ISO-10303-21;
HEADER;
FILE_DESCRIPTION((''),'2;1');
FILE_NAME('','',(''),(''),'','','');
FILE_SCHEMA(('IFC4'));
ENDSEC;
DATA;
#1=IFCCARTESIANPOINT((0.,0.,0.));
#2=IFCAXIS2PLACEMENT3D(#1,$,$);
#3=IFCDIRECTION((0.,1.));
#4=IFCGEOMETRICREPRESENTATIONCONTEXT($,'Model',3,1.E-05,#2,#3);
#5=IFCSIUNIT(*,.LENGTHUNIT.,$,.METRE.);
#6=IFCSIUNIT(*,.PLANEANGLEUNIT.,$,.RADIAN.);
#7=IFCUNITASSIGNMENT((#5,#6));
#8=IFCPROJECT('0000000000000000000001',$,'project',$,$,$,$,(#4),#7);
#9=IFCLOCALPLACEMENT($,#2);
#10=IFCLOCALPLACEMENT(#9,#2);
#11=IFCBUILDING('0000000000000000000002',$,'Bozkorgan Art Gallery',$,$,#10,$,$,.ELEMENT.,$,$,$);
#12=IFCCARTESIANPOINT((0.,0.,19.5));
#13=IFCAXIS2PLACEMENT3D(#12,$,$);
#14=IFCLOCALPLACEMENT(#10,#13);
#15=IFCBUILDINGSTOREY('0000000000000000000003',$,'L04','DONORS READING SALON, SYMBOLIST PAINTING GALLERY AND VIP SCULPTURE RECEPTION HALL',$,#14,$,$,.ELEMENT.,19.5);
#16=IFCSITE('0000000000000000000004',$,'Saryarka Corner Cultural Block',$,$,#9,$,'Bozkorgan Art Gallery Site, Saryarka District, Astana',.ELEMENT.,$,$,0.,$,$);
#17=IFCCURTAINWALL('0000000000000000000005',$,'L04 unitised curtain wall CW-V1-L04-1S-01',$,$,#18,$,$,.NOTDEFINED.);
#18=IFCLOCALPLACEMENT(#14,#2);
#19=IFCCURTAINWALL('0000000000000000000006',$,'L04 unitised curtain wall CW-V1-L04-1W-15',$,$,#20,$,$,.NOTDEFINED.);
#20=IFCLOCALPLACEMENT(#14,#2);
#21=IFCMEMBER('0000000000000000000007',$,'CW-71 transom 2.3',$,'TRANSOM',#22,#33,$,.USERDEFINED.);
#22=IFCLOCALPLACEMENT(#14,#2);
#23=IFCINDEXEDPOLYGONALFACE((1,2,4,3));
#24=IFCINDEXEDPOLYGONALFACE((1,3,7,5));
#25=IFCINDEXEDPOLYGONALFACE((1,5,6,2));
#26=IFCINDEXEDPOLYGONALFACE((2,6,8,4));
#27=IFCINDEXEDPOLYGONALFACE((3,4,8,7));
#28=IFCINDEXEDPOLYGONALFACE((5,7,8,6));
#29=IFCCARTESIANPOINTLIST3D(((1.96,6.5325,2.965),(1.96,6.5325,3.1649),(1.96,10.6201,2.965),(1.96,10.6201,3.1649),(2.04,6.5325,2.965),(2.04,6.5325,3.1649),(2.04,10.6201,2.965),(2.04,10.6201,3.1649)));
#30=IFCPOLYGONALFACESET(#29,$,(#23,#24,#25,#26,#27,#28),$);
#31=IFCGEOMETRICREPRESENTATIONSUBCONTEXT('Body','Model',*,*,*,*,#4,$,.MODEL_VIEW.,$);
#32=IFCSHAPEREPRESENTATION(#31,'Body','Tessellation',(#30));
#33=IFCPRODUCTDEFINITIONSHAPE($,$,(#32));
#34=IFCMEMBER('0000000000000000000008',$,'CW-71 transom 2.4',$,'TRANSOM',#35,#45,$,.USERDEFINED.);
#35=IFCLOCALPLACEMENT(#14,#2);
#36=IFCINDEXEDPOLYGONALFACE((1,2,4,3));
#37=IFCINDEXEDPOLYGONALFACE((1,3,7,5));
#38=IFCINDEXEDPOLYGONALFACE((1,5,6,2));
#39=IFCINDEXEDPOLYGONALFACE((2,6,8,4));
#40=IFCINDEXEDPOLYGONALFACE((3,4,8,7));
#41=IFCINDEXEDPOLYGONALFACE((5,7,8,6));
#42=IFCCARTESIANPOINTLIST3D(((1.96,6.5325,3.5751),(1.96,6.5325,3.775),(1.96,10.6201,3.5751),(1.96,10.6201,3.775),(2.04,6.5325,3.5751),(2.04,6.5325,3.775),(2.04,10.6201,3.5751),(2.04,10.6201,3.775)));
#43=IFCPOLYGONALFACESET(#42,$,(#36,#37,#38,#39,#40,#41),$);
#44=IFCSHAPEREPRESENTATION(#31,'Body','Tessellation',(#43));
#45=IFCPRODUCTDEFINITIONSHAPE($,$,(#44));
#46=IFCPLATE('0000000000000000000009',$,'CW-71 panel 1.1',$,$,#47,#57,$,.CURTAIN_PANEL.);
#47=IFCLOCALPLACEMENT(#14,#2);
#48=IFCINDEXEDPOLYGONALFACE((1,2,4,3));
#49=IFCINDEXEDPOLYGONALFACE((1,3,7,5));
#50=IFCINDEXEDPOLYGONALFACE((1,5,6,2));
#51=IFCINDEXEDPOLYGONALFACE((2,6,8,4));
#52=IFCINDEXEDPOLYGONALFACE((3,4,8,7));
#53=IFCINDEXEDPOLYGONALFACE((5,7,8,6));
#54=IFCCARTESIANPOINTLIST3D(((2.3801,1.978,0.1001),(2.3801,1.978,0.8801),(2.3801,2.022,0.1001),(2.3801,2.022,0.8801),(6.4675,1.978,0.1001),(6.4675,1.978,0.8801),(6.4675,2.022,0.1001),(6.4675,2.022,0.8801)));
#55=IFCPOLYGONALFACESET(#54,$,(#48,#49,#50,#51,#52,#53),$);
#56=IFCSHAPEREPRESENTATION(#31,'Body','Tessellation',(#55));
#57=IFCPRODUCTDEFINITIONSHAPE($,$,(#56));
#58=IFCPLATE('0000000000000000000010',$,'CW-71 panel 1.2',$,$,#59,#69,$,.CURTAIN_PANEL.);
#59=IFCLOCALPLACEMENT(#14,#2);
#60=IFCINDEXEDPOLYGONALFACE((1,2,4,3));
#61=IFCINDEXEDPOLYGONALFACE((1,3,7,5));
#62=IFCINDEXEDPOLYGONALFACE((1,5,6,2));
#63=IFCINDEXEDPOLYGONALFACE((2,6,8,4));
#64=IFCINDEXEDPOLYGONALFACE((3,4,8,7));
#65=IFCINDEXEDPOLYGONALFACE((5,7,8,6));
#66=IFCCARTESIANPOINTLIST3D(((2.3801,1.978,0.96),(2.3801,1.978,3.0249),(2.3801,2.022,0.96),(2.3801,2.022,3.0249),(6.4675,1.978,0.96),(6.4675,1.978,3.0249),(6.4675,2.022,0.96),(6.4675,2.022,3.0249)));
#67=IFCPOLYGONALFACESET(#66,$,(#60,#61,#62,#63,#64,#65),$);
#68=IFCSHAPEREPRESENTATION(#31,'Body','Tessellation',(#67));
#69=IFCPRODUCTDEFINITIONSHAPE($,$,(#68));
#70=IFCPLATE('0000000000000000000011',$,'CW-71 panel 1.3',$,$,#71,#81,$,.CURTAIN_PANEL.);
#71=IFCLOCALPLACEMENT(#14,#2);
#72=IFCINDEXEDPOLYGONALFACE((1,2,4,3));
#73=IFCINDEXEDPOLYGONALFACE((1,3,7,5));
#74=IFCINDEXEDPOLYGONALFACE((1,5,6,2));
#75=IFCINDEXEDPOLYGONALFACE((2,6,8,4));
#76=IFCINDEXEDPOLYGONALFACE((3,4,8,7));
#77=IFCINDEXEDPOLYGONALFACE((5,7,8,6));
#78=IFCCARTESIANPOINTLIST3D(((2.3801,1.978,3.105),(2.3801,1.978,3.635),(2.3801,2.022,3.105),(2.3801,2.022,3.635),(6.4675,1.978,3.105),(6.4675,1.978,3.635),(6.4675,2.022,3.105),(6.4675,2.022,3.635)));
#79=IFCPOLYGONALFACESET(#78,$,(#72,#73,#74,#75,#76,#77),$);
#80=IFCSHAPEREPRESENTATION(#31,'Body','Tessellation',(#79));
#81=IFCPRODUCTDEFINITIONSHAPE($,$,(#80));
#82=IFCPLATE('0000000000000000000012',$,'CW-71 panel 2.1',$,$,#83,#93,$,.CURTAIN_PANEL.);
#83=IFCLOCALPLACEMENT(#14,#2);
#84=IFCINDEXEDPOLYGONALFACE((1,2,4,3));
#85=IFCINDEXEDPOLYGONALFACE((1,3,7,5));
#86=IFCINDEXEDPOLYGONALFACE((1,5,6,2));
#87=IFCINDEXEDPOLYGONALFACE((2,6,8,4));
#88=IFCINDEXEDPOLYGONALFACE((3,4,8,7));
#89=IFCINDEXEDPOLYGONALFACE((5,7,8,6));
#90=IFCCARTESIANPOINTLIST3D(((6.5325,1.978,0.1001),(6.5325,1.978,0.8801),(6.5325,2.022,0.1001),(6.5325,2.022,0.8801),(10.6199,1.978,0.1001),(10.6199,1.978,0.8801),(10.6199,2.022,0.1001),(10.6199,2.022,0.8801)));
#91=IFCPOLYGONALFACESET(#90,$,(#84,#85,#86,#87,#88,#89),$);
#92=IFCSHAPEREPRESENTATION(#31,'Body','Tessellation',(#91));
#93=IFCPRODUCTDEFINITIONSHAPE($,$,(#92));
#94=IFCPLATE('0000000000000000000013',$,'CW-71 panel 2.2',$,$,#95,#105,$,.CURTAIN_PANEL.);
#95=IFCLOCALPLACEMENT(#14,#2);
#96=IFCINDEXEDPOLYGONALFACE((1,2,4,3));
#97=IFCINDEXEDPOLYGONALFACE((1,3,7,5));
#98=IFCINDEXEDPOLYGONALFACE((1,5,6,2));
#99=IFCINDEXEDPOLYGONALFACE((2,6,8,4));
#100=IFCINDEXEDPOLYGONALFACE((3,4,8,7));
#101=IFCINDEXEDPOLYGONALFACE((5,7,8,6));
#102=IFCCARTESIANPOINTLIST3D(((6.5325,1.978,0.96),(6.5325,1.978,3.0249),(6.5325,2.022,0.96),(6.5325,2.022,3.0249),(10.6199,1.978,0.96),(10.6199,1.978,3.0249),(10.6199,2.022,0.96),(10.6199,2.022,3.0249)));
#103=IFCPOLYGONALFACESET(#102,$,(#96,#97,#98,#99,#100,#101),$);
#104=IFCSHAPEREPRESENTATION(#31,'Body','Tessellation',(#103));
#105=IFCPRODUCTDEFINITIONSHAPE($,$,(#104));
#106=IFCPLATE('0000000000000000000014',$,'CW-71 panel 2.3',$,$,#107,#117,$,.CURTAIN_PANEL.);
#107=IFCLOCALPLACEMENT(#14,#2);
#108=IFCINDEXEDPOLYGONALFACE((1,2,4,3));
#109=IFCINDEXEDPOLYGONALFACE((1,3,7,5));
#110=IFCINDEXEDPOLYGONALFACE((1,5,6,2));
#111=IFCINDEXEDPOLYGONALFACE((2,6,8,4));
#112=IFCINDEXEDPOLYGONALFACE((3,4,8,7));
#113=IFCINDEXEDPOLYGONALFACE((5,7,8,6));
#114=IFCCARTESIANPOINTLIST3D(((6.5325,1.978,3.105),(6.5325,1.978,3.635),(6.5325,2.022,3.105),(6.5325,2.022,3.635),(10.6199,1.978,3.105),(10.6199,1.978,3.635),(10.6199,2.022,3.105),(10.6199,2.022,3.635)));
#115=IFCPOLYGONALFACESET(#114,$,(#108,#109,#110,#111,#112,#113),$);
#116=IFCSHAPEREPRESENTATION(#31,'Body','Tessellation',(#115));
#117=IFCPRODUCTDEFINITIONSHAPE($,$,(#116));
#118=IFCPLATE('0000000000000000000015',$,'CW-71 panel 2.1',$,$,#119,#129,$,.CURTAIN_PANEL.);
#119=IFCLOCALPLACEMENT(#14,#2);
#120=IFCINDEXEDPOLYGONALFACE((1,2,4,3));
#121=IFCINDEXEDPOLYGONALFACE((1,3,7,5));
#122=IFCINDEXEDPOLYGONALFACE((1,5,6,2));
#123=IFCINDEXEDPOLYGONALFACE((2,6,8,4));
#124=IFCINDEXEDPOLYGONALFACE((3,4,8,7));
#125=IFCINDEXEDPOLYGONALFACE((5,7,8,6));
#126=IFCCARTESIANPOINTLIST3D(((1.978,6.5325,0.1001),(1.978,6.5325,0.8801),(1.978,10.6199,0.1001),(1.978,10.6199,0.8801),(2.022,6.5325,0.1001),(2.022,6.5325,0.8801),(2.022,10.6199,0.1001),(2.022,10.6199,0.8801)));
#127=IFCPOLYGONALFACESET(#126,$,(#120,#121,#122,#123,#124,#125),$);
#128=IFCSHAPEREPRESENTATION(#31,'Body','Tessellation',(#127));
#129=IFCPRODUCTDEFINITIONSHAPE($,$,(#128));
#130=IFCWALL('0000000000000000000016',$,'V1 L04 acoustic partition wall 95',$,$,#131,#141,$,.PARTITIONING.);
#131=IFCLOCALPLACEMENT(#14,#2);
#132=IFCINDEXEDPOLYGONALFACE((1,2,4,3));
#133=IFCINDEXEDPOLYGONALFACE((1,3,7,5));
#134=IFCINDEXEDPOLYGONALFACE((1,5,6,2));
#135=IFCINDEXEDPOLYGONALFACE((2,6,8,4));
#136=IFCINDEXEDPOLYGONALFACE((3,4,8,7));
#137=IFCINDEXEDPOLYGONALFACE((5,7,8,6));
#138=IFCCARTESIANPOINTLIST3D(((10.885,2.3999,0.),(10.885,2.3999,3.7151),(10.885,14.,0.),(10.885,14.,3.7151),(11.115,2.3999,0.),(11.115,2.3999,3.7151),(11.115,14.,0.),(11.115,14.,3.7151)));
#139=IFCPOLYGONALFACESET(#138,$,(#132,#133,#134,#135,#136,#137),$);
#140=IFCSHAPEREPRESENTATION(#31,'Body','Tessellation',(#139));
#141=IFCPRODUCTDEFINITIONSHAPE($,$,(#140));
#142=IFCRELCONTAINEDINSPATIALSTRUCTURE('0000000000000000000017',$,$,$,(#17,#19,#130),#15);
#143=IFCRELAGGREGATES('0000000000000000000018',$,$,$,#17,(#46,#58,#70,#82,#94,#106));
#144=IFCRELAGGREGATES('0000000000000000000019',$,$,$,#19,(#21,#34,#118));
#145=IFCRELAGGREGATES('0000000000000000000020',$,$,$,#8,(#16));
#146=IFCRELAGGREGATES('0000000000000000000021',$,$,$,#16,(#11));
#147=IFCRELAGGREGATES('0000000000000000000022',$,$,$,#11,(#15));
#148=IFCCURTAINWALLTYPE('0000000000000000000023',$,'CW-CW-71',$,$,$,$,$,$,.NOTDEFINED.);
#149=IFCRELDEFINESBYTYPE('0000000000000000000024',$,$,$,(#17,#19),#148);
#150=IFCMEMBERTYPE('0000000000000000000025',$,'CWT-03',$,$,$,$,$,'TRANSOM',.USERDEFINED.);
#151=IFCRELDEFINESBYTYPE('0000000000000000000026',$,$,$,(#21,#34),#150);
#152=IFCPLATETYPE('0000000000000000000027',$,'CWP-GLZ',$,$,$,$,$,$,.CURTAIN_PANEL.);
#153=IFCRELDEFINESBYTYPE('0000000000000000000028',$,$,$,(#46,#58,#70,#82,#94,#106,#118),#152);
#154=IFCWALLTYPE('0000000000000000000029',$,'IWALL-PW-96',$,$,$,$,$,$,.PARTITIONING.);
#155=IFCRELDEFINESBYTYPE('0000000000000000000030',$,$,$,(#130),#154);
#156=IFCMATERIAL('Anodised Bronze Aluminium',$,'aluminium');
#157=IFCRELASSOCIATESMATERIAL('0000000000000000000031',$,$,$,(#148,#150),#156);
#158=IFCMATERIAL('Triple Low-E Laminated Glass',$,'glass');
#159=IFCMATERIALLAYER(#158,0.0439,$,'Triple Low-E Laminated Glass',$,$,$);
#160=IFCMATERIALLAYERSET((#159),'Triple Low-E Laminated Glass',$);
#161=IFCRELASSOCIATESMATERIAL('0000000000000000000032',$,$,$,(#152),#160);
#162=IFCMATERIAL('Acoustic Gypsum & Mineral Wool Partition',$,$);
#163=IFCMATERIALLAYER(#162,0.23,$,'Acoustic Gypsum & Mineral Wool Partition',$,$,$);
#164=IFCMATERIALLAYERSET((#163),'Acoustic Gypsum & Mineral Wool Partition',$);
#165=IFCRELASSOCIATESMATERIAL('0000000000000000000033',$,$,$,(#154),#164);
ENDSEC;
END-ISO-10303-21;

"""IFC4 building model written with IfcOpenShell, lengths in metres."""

from ifc_helpers import new_model, si_unit, direction, frame, frame_2d, origin, origin_2d, place, context, subcontext, project, spatial, rectangle, extrude, material, layer, layer_set, material_profile, profile_set, type_object, element, aggregate, save


model = new_model("IFC4")

# Units and contexts
model_context = context("Model", 3, precision=1e-05, world=origin(), true_north=direction((0.0, 1.0)))
body_context = subcontext(model_context, "Body", "Model", "MODEL_VIEW")
ifc_project = project(units=[si_unit("LENGTHUNIT", "METRE"), si_unit("PLANEANGLEUNIT", "RADIAN")], contexts=[model_context])

# Site, building, storey
site_placement = place(None, origin())
site = spatial("IfcSite", under=ifc_project, at=site_placement, Name="Saryarka Corner Cultural Block", LongName="Bozkorgan Art Gallery Site, Saryarka District, Astana", CompositionType="ELEMENT", RefElevation=0.0)
building_placement = place(site_placement, origin())
building = spatial("IfcBuilding", under=site, at=building_placement, Name="Bozkorgan Art Gallery", CompositionType="ELEMENT")
storey_placement = place(building_placement, frame((0.0, 0.0, 19.5)))
storey = spatial("IfcBuildingStorey", under=building, at=storey_placement, Name="L04", Description="DONORS READING SALON, SYMBOLIST PAINTING GALLERY AND VIP SCULPTURE RECEPTION HALL", CompositionType="ELEMENT", Elevation=19.5)

# Curtain walls, members
ifc_material_1 = material(Name="Anodised Bronze Aluminium", Category="aluminium")
curtain_wall_type = type_object("IfcCurtainWallType", Name="CW-CW-71", PredefinedType="NOTDEFINED", material=ifc_material_1)
curtain_wall_1_placement = place(storey_placement, origin())
curtain_wall_1 = element("IfcCurtainWall", 1, at=curtain_wall_1_placement, inside=storey, type_object=curtain_wall_type, Name="L04 unitised curtain wall CW-V1-L04-1S-01", PredefinedType="NOTDEFINED")
ifc_material_profile_1 = material_profile(ifc_material_1, rectangle(XDim=0.0801, YDim=0.2, at=origin_2d()), Name="ALU TRANSOM 80x200")
ifc_profile_set_1 = profile_set([ifc_material_profile_1], Name="Anodised Bronze Aluminium")
member_type_1 = type_object("IfcMemberType", Name="CWT-03", ElementType="TRANSOM", PredefinedType="USERDEFINED", material=ifc_profile_set_1)
curtain_wall_2_placement = place(storey_placement, origin())
curtain_wall_2 = element("IfcCurtainWall", 2, at=curtain_wall_2_placement, inside=storey, type_object=curtain_wall_type, Name="L04 unitised curtain wall CW-V1-L04-1W-15", PredefinedType="NOTDEFINED")
member_1_placement = place(storey_placement, frame((2.0, 6.5325, 3.0649), z_axis=(0.0, 1.0, 0.0), x_axis=(-1.0, 0.0, 0.0)))
member_1 = element("IfcMember", 3, at=member_1_placement, type_object=member_type_1, Name="CW-71 transom 2.3", ObjectType="TRANSOM", PredefinedType="USERDEFINED", context=body_context, shape_type="SweptSolid", body=[
    extrude(rectangle(XDim=0.0801, YDim=0.2, at=origin_2d()), origin(), (0.0, 0.0, 1.0), 4.0876),
])
member_2_placement = place(storey_placement, frame((2.0, 6.5325, 3.675), z_axis=(0.0, 1.0, 0.0), x_axis=(-1.0, 0.0, 0.0)))
member_2 = element("IfcMember", 4, at=member_2_placement, type_object=member_type_1, Name="CW-71 transom 2.4", ObjectType="TRANSOM", PredefinedType="USERDEFINED", context=body_context, shape_type="SweptSolid", body=[
    extrude(rectangle(XDim=0.0801, YDim=0.2, at=origin_2d()), origin(), (0.0, 0.0, 1.0), 4.0876),
])

# Plates
ifc_material_2 = material(Name="Triple Low-E Laminated Glass", Category="glass")
ifc_layer_1 = layer(ifc_material_2, 0.0439, Name="Triple Low-E Laminated Glass")
ifc_layer_set_1 = layer_set([ifc_layer_1], Name="Triple Low-E Laminated Glass")
plate_type = type_object("IfcPlateType", Name="CWP-GLZ", PredefinedType="CURTAIN_PANEL", material=ifc_layer_set_1)
plate_1_placement = place(storey_placement, frame((4.4238, 2.0, 0.1001), z_axis=(0.0, 0.0, 1.0), x_axis=(1.0, 0.0, 0.0)))
plate_1 = element("IfcPlate", 5, at=plate_1_placement, type_object=plate_type, Name="CW-71 panel 1.1", PredefinedType="CURTAIN_PANEL", context=body_context, shape_type="SweptSolid", body=[
    extrude(rectangle(XDim=4.0874, YDim=0.0439, at=origin_2d()), origin(), (0.0, 0.0, 1.0), 0.78),
])
plate_2_placement = place(storey_placement, frame((4.4238, 2.0, 0.96), z_axis=(0.0, 0.0, 1.0), x_axis=(1.0, 0.0, 0.0)))
plate_2 = element("IfcPlate", 6, at=plate_2_placement, type_object=plate_type, Name="CW-71 panel 1.2", PredefinedType="CURTAIN_PANEL", context=body_context, shape_type="SweptSolid", body=[
    extrude(rectangle(XDim=4.0874, YDim=0.0439, at=origin_2d()), origin(), (0.0, 0.0, 1.0), 2.0649),
])
plate_3_placement = place(storey_placement, frame((4.4238, 2.0, 3.105), z_axis=(0.0, 0.0, 1.0), x_axis=(1.0, 0.0, 0.0)))
plate_3 = element("IfcPlate", 7, at=plate_3_placement, type_object=plate_type, Name="CW-71 panel 1.3", PredefinedType="CURTAIN_PANEL", context=body_context, shape_type="SweptSolid", body=[
    extrude(rectangle(XDim=4.0874, YDim=0.0439, at=origin_2d()), origin(), (0.0, 0.0, 1.0), 0.53),
])
plate_4_placement = place(storey_placement, frame((8.5762, 2.0, 0.1001), z_axis=(0.0, 0.0, 1.0), x_axis=(1.0, 0.0, 0.0)))
plate_4 = element("IfcPlate", 8, at=plate_4_placement, type_object=plate_type, Name="CW-71 panel 2.1", PredefinedType="CURTAIN_PANEL", context=body_context, shape_type="SweptSolid", body=[
    extrude(rectangle(XDim=4.0874, YDim=0.0439, at=origin_2d()), origin(), (0.0, 0.0, 1.0), 0.78),
])
plate_5_placement = place(storey_placement, frame((8.5762, 2.0, 0.96), z_axis=(0.0, 0.0, 1.0), x_axis=(1.0, 0.0, 0.0)))
plate_5 = element("IfcPlate", 9, at=plate_5_placement, type_object=plate_type, Name="CW-71 panel 2.2", PredefinedType="CURTAIN_PANEL", context=body_context, shape_type="SweptSolid", body=[
    extrude(rectangle(XDim=4.0874, YDim=0.0439, at=origin_2d()), origin(), (0.0, 0.0, 1.0), 2.0649),
])
plate_6_placement = place(storey_placement, frame((8.5762, 2.0, 3.105), z_axis=(0.0, 0.0, 1.0), x_axis=(1.0, 0.0, 0.0)))
plate_6 = element("IfcPlate", 10, at=plate_6_placement, type_object=plate_type, Name="CW-71 panel 2.3", PredefinedType="CURTAIN_PANEL", context=body_context, shape_type="SweptSolid", body=[
    extrude(rectangle(XDim=4.0874, YDim=0.0439, at=origin_2d()), origin(), (0.0, 0.0, 1.0), 0.53),
])
aggregate(curtain_wall_1, [plate_1, plate_2, plate_3, plate_4, plate_5, plate_6])
plate_7_placement = place(storey_placement, frame((2.0, 8.5762, 0.1001), z_axis=(0.0, 0.0, 1.0), x_axis=(0.0, 1.0, 0.0)))
plate_7 = element("IfcPlate", 11, at=plate_7_placement, type_object=plate_type, Name="CW-71 panel 2.1", PredefinedType="CURTAIN_PANEL", context=body_context, shape_type="SweptSolid", body=[
    extrude(rectangle(XDim=4.0874, YDim=0.0439, at=origin_2d()), origin(), (0.0, 0.0, 1.0), 0.78),
])
aggregate(curtain_wall_2, [member_1, member_2, plate_7])

# Wall
ifc_material_3 = material(Name="Acoustic Gypsum & Mineral Wool Partition")
ifc_layer_2 = layer(ifc_material_3, 0.23, Name="Acoustic Gypsum & Mineral Wool Partition")
ifc_layer_set_2 = layer_set([ifc_layer_2], Name="Acoustic Gypsum & Mineral Wool Partition")
wall_type = type_object("IfcWallType", Name="IWALL-PW-96", PredefinedType="PARTITIONING", material=ifc_layer_set_2)
wall_placement = place(storey_placement, frame((11.0, 2.3999, 0.0), z_axis=(0.0, 0.0, 1.0), x_axis=(0.0, 1.0, 0.0)))
element("IfcWall", 12, at=wall_placement, inside=storey, type_object=wall_type, Name="V1 L04 acoustic partition wall 95", PredefinedType="PARTITIONING", context=body_context, shape_type="SweptSolid", body=[
    extrude(rectangle(XDim=11.6001, YDim=0.23, at=frame_2d((5.8, 0.0))), origin(), (0.0, 0.0, 1.0), 3.7151),
])

save(model, "model.ifc")
